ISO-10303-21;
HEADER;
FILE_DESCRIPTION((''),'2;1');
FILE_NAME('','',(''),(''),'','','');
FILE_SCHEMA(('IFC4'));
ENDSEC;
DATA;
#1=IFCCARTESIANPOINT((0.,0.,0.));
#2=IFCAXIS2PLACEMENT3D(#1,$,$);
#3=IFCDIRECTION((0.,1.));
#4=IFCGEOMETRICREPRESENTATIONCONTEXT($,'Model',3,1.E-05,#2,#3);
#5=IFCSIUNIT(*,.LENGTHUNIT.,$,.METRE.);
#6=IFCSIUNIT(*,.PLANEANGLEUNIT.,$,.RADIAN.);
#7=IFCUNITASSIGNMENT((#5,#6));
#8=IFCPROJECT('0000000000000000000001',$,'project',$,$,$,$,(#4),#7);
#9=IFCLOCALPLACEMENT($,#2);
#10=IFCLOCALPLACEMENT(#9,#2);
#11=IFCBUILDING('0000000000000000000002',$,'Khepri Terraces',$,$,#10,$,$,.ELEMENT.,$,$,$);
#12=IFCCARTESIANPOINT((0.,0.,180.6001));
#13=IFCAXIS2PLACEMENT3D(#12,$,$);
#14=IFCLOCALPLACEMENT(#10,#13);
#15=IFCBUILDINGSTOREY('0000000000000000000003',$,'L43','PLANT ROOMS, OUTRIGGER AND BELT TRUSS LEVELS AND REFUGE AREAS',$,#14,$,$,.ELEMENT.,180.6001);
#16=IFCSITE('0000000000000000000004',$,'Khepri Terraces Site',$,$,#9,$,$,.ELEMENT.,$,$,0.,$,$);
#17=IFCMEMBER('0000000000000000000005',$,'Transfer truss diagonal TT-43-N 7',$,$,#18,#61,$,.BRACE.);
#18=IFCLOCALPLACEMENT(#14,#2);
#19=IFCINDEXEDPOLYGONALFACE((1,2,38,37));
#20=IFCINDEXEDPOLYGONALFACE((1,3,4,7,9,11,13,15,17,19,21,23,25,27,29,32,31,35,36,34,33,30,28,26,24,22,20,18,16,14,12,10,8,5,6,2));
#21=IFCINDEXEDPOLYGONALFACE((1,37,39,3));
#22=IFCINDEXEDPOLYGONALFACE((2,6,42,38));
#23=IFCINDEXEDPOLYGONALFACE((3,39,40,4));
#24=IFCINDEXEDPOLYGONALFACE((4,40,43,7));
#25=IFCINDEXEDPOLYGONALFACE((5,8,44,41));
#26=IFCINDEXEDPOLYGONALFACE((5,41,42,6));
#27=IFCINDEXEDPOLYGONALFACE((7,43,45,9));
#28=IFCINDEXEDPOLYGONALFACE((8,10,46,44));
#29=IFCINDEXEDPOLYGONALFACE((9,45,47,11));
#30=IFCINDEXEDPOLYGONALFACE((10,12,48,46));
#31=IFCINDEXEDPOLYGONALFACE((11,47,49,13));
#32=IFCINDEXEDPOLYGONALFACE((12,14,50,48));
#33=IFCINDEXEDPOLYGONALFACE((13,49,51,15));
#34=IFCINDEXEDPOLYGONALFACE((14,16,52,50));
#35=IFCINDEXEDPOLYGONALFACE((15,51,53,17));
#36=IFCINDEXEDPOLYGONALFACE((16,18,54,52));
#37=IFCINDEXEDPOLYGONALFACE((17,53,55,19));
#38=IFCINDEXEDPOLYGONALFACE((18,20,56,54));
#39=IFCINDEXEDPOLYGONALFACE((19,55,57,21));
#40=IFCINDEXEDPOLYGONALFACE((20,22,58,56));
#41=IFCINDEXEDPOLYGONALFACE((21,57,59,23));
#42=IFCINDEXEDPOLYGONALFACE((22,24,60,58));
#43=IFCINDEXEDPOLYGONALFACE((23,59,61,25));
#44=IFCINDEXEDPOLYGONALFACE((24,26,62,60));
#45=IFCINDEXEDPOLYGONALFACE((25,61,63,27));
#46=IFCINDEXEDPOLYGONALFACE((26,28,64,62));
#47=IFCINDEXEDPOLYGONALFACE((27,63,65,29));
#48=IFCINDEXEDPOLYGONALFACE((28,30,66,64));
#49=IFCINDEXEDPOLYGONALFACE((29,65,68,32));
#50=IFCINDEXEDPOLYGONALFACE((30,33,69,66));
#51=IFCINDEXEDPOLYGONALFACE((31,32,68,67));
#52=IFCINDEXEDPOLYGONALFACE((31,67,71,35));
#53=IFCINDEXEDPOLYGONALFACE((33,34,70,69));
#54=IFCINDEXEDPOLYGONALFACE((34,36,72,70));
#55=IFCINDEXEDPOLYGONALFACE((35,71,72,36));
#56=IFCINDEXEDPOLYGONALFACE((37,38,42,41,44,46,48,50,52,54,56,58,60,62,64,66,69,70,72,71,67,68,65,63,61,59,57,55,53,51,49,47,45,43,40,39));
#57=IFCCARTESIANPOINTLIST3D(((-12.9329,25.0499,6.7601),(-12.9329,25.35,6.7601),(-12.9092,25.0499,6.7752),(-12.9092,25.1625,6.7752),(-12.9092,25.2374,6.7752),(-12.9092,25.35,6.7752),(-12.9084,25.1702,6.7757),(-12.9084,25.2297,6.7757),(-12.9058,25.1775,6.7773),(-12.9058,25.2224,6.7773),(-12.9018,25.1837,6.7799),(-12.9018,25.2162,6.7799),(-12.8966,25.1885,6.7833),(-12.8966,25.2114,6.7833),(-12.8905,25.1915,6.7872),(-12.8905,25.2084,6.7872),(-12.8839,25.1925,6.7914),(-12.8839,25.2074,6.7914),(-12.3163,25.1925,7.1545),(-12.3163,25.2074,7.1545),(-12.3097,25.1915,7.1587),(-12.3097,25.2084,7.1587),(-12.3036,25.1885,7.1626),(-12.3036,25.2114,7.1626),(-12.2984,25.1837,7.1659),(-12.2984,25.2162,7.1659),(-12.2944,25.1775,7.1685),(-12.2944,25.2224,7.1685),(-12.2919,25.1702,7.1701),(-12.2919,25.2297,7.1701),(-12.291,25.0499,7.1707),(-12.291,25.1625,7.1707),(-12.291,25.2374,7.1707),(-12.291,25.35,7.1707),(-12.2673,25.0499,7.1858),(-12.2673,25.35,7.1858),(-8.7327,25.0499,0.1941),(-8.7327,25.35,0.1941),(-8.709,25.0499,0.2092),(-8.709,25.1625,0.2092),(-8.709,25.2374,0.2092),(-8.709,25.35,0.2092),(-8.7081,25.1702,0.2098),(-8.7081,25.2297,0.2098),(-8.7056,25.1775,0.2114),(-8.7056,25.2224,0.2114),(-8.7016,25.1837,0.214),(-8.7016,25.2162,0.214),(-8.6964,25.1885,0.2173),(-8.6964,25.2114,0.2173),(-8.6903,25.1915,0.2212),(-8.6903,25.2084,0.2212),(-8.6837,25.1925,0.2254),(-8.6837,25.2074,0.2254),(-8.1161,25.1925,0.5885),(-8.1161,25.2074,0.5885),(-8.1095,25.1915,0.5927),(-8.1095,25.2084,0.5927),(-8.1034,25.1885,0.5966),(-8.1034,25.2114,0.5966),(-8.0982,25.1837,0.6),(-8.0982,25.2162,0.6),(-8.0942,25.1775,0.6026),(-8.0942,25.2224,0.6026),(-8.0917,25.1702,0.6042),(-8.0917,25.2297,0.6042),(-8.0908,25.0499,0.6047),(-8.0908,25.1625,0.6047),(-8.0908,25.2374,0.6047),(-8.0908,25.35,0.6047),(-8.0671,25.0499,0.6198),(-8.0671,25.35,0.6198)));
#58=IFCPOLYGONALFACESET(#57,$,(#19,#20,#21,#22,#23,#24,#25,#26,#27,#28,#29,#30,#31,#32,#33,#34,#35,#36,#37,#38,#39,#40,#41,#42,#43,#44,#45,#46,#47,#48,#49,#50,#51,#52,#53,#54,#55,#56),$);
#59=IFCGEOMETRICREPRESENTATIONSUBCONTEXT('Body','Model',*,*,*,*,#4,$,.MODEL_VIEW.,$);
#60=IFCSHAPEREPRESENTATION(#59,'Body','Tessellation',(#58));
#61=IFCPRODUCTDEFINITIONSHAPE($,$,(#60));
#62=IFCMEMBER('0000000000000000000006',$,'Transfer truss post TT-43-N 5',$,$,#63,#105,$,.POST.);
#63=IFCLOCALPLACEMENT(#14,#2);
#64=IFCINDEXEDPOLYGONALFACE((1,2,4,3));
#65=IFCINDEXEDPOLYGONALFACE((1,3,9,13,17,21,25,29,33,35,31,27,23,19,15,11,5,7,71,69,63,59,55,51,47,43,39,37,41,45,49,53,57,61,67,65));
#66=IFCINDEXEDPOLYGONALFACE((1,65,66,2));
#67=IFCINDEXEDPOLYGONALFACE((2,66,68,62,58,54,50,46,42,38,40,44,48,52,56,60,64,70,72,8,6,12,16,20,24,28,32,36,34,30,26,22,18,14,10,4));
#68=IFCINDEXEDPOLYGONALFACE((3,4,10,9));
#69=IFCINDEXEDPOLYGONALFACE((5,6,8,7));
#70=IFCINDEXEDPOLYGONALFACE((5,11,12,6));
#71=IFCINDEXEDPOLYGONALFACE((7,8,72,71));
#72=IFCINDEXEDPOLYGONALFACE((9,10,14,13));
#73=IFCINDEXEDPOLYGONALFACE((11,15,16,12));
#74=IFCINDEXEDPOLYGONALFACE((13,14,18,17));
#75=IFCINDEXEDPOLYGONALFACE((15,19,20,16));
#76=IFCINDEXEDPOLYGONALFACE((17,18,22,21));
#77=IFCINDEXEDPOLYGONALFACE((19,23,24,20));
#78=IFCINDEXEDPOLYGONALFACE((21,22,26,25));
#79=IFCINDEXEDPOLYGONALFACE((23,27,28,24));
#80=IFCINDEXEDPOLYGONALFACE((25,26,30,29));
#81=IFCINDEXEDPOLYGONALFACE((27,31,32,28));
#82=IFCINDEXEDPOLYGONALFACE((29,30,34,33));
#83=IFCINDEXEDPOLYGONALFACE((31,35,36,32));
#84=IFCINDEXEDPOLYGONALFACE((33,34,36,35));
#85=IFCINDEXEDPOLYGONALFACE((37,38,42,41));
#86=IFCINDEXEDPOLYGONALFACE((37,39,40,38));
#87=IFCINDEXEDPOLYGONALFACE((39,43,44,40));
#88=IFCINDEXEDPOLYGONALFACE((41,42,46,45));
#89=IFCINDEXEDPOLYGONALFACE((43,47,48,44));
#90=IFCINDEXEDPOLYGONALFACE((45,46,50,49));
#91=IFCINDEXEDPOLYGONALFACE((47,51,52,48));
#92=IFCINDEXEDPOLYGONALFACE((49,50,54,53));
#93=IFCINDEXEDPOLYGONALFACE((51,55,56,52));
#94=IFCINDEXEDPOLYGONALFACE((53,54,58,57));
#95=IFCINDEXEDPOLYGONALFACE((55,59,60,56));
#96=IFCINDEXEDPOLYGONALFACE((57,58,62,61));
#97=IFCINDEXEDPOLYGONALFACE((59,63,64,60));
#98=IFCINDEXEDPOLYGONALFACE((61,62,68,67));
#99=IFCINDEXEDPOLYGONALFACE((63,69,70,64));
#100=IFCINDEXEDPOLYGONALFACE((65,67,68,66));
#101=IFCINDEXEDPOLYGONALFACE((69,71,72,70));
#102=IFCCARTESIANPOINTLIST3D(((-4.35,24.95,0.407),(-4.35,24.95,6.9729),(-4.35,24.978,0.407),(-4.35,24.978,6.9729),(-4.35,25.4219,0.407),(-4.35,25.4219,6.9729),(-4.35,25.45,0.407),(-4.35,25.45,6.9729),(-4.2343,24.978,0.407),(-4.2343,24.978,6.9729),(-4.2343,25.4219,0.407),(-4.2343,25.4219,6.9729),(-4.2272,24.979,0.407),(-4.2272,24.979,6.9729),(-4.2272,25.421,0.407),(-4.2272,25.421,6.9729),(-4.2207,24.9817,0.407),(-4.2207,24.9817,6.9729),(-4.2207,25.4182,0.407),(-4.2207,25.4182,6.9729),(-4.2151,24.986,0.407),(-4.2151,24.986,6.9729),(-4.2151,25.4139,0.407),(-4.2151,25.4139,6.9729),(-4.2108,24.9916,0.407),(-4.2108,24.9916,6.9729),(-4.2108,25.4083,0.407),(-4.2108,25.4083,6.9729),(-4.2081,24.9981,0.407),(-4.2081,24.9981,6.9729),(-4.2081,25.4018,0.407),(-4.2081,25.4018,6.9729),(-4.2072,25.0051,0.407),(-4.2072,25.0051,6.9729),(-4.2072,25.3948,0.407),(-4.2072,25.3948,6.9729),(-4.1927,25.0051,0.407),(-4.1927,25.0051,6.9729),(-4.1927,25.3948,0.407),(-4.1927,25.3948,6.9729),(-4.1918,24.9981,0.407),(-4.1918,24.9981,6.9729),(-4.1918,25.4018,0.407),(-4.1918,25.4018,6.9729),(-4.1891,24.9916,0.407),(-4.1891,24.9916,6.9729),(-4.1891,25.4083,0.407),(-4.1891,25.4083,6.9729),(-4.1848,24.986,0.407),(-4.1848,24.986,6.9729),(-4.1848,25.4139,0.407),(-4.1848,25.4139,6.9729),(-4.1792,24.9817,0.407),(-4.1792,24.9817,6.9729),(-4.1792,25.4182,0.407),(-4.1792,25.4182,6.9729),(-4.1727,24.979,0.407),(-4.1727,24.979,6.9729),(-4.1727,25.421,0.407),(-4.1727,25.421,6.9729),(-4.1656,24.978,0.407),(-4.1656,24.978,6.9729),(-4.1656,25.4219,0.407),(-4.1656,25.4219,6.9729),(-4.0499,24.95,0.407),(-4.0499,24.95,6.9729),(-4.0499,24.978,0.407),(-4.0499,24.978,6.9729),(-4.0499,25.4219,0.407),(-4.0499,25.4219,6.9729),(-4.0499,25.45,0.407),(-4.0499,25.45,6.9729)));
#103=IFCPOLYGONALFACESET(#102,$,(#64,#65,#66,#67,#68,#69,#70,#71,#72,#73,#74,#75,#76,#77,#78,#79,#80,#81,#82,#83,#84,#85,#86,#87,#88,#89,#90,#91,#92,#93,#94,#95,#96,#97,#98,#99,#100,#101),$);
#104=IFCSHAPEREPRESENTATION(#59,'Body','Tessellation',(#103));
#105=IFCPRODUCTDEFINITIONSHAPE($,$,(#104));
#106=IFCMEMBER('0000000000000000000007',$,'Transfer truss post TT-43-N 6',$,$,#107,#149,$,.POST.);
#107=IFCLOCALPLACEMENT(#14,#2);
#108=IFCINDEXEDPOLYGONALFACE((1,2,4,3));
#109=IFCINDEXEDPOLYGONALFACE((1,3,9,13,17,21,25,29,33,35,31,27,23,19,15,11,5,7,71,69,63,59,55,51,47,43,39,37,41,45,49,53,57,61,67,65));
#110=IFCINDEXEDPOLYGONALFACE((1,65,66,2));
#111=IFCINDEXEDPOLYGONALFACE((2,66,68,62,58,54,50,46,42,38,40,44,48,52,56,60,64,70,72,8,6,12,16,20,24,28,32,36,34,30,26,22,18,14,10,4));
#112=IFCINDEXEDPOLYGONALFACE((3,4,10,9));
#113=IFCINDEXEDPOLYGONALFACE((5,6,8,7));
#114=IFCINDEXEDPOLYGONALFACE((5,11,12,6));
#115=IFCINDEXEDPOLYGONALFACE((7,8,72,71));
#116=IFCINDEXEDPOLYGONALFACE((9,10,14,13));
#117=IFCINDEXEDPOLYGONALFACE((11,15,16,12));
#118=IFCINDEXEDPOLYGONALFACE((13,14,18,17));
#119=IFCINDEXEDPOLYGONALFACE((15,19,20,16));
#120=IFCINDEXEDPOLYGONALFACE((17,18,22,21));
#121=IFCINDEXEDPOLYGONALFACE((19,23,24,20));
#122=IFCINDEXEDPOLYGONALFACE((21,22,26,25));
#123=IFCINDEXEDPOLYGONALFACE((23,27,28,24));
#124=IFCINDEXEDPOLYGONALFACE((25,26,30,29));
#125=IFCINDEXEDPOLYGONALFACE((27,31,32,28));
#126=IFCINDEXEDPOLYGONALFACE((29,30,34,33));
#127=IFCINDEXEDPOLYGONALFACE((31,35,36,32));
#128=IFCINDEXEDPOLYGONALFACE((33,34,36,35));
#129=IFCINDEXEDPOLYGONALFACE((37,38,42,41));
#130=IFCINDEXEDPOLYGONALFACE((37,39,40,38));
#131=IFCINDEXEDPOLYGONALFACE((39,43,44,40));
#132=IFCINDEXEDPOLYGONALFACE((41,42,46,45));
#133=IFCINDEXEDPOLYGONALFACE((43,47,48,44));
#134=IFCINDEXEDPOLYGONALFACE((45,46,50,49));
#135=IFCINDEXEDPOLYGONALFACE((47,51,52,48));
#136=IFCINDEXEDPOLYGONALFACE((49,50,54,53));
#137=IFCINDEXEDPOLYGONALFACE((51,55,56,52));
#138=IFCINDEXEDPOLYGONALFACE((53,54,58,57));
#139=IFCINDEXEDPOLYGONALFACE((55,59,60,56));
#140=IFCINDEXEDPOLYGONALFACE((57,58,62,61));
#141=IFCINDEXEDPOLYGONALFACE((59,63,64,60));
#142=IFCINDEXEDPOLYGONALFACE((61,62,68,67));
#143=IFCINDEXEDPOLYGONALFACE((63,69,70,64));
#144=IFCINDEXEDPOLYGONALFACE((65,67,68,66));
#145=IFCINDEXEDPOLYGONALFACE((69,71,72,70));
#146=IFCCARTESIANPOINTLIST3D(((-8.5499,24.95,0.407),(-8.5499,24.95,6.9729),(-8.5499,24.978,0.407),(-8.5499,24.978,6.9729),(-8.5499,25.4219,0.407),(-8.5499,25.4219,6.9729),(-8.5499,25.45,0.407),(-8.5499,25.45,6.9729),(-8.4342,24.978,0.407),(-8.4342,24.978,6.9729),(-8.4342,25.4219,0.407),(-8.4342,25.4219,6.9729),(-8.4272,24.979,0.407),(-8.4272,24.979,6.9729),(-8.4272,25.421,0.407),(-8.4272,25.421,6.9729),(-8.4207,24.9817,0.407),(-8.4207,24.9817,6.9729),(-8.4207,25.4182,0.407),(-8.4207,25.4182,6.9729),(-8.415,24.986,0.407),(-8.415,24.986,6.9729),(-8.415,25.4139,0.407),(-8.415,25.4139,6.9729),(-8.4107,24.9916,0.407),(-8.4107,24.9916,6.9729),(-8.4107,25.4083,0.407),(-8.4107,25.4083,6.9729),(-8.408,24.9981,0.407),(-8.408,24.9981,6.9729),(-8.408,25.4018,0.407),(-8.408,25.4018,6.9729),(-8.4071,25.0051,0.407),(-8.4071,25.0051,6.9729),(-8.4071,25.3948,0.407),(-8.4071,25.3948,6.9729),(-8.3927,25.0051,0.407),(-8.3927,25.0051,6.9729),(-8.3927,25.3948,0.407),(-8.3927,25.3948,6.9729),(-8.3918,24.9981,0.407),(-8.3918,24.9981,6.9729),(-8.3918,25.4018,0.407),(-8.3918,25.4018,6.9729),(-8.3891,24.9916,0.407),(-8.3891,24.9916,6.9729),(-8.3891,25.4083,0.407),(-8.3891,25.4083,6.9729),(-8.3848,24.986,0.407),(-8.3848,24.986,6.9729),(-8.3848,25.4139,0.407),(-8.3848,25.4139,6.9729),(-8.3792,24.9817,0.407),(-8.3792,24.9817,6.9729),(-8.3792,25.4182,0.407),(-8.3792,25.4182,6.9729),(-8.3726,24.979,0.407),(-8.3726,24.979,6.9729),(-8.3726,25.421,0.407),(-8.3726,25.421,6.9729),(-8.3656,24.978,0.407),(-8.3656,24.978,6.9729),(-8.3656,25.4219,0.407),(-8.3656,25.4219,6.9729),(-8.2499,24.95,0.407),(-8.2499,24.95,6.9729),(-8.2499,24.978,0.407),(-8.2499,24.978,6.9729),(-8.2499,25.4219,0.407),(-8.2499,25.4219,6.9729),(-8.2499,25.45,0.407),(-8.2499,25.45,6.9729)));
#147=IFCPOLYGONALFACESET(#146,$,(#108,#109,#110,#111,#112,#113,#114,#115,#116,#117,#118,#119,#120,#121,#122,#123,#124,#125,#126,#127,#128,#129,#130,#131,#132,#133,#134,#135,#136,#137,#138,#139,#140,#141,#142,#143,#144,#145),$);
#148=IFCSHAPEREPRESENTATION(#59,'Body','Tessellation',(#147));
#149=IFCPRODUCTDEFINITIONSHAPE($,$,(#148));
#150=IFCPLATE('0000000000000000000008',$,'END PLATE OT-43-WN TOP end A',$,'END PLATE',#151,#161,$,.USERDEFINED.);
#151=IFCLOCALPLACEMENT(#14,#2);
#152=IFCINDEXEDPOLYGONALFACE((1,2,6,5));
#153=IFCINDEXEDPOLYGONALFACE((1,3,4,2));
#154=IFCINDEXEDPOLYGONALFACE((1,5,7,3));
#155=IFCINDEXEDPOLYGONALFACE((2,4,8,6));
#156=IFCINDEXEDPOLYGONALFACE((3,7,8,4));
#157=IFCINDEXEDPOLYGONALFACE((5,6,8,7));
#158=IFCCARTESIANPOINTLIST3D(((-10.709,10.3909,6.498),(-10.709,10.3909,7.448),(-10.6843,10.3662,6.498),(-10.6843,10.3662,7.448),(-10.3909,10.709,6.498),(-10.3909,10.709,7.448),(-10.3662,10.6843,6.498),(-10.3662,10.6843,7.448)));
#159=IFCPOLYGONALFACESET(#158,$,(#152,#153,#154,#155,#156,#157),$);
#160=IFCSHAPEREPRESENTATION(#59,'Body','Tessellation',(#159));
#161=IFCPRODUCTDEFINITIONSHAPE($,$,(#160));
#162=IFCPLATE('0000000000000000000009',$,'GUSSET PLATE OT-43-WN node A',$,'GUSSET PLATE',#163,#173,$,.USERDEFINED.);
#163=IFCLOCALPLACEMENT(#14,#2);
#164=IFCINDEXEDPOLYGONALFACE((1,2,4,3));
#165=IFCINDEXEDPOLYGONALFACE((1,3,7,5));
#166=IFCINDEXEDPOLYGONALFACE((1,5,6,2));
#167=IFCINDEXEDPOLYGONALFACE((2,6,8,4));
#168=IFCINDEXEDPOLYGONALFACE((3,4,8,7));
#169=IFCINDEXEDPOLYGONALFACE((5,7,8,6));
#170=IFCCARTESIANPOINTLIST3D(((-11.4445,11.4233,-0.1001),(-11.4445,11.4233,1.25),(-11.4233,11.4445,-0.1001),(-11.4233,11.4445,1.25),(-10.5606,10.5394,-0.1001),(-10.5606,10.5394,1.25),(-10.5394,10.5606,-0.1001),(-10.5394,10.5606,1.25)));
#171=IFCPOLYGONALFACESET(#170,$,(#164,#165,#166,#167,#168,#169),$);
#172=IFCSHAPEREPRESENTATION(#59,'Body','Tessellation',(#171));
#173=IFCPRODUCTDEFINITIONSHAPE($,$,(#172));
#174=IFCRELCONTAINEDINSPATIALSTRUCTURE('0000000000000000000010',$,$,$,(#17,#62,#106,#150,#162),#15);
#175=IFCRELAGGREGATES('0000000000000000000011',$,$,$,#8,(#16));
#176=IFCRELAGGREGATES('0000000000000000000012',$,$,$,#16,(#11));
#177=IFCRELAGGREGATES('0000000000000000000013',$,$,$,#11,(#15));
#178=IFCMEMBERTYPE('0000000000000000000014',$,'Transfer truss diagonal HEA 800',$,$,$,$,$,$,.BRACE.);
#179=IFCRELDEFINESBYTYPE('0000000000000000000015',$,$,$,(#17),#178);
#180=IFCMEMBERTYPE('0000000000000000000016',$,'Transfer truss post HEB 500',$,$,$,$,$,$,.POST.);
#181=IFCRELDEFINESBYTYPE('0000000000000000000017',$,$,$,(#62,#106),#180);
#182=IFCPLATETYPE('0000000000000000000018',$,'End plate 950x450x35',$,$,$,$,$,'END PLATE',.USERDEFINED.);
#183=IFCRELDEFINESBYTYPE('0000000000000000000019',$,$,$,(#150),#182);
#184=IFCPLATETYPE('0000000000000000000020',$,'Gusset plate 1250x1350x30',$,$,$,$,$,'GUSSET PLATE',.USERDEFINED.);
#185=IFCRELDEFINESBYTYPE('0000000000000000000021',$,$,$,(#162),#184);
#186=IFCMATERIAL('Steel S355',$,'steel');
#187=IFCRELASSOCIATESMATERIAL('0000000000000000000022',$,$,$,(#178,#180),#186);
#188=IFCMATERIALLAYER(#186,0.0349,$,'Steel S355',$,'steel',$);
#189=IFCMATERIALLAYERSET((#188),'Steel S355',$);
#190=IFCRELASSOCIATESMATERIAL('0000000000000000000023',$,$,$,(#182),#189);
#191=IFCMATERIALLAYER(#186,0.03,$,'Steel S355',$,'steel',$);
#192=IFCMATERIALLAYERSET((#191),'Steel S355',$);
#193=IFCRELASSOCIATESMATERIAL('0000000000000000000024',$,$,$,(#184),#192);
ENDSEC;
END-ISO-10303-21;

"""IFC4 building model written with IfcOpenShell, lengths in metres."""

from ifc_helpers import new_model, si_unit, direction, frame, origin, origin_2d, place, context, subcontext, project, spatial, rectangle, i_section, extrude, material, layer, layer_set, material_profile, profile_set, type_object, element, save


model = new_model("IFC4")

# Units and contexts
model_context = context("Model", 3, precision=1e-05, world=origin(), true_north=direction((0.0, 1.0)))
body_context = subcontext(model_context, "Body", "Model", "MODEL_VIEW")
ifc_project = project(units=[si_unit("LENGTHUNIT", "METRE"), si_unit("PLANEANGLEUNIT", "RADIAN")], contexts=[model_context])

# Site, building, storey
site_placement = place(None, origin())
site = spatial("IfcSite", under=ifc_project, at=site_placement, Name="Khepri Terraces Site", CompositionType="ELEMENT", RefElevation=0.0)
building_placement = place(site_placement, origin())
building = spatial("IfcBuilding", under=site, at=building_placement, Name="Khepri Terraces", CompositionType="ELEMENT")
storey_placement = place(building_placement, frame((0.0, 0.0, 180.6001)))
storey = spatial("IfcBuildingStorey", under=building, at=storey_placement, Name="L43", Description="PLANT ROOMS, OUTRIGGER AND BELT TRUSS LEVELS AND REFUGE AREAS", CompositionType="ELEMENT", Elevation=180.6001)

# Members
ifc_material_1 = material(Name="Steel S355", Category="steel")
ifc_material_profile_1 = material_profile(ifc_material_1, i_section(OverallWidth=0.3, OverallDepth=0.79, WebThickness=0.0149, FlangeThickness=0.0281, FilletRadius=0.03, at=origin_2d()), Name="Steel S355", Category="steel")
ifc_profile_set_1 = profile_set([ifc_material_profile_1], Name="Steel S355")
member_type_1 = type_object("IfcMemberType", Name="Transfer truss diagonal HEA 800", PredefinedType="BRACE", material=ifc_profile_set_1)
member_1_placement = place(storey_placement, frame((-8.3999, 25.2, 0.407), z_axis=(-0.538872, 0.0, 0.842387), x_axis=(0.0, -1.0, 0.0)))
element("IfcMember", 1, at=member_1_placement, inside=storey, type_object=member_type_1, Name="Transfer truss diagonal TT-43-N 7", PredefinedType="BRACE", context=body_context, shape_type="SweptSolid", body=[
    extrude(i_section(OverallWidth=0.3, OverallDepth=0.79, WebThickness=0.0149, FlangeThickness=0.0281, FilletRadius=0.03, at=origin_2d()), origin(), (0.0, 0.0, 1.0), 7.7944),
])
ifc_material_profile_2 = material_profile(ifc_material_1, i_section(OverallWidth=0.3, OverallDepth=0.5, WebThickness=0.0144, FlangeThickness=0.0281, FilletRadius=0.0271, at=origin_2d()), Name="Steel S355", Category="steel")
ifc_profile_set_2 = profile_set([ifc_material_profile_2], Name="Steel S355")
member_type_2 = type_object("IfcMemberType", Name="Transfer truss post HEB 500", PredefinedType="POST", material=ifc_profile_set_2)
for number, where, z_axis, x_axis, name in (
    (2, (-4.2, 25.2, 0.407), (0.0, 0.0, 1.0), (1.0, 0.0, 0.0), "Transfer truss post TT-43-N 5"),
    (3, (-8.3999, 25.2, 0.407), (0.0, 0.0, 1.0), (1.0, 0.0, 0.0), "Transfer truss post TT-43-N 6"),
):
    element("IfcMember", number, at=place(storey_placement, frame(where, z_axis=z_axis, x_axis=x_axis)), inside=storey, type_object=member_type_2, Name=name, PredefinedType="POST", context=body_context, shape_type="SweptSolid", body=[
        extrude(i_section(OverallWidth=0.3, OverallDepth=0.5, WebThickness=0.0144, FlangeThickness=0.0281, FilletRadius=0.0271, at=origin_2d()), origin(), (0.0, 0.0, 1.0), 6.5659),
    ])

# Plates
ifc_layer_1 = layer(ifc_material_1, 0.0349, Name="Steel S355", Category="steel")
ifc_layer_set_1 = layer_set([ifc_layer_1], Name="Steel S355")
plate_type_1 = type_object("IfcPlateType", Name="End plate 950x450x35", ElementType="END PLATE", PredefinedType="USERDEFINED", material=ifc_layer_set_1)
plate_1_placement = place(storey_placement, frame((-10.5376, 10.5376, 6.498), z_axis=(0.0, 0.0, 1.0), x_axis=(-0.707107, 0.707107, 0.0)))
element("IfcPlate", 4, at=plate_1_placement, inside=storey, type_object=plate_type_1, Name="END PLATE OT-43-WN TOP end A", ObjectType="END PLATE", PredefinedType="USERDEFINED", context=body_context, shape_type="SweptSolid", body=[
    extrude(rectangle(XDim=0.0349, YDim=0.45, at=origin_2d()), origin(), (0.0, 0.0, 1.0), 0.95),
])
ifc_layer_2 = layer(ifc_material_1, 0.03, Name="Steel S355", Category="steel")
ifc_layer_set_2 = layer_set([ifc_layer_2], Name="Steel S355")
plate_type_2 = type_object("IfcPlateType", Name="Gusset plate 1250x1350x30", ElementType="GUSSET PLATE", PredefinedType="USERDEFINED", material=ifc_layer_set_2)
plate_2_placement = place(storey_placement, frame((-10.9919, 10.9919, -0.1001), z_axis=(0.0, 0.0, 1.0), x_axis=(-0.707107, 0.707107, 0.0)))
element("IfcPlate", 5, at=plate_2_placement, inside=storey, type_object=plate_type_2, Name="GUSSET PLATE OT-43-WN node A", ObjectType="GUSSET PLATE", PredefinedType="USERDEFINED", context=body_context, shape_type="SweptSolid", body=[
    extrude(rectangle(XDim=1.25, YDim=0.03, at=origin_2d()), origin(), (0.0, 0.0, 1.0), 1.3501),
])

save(model, "model.ifc")
